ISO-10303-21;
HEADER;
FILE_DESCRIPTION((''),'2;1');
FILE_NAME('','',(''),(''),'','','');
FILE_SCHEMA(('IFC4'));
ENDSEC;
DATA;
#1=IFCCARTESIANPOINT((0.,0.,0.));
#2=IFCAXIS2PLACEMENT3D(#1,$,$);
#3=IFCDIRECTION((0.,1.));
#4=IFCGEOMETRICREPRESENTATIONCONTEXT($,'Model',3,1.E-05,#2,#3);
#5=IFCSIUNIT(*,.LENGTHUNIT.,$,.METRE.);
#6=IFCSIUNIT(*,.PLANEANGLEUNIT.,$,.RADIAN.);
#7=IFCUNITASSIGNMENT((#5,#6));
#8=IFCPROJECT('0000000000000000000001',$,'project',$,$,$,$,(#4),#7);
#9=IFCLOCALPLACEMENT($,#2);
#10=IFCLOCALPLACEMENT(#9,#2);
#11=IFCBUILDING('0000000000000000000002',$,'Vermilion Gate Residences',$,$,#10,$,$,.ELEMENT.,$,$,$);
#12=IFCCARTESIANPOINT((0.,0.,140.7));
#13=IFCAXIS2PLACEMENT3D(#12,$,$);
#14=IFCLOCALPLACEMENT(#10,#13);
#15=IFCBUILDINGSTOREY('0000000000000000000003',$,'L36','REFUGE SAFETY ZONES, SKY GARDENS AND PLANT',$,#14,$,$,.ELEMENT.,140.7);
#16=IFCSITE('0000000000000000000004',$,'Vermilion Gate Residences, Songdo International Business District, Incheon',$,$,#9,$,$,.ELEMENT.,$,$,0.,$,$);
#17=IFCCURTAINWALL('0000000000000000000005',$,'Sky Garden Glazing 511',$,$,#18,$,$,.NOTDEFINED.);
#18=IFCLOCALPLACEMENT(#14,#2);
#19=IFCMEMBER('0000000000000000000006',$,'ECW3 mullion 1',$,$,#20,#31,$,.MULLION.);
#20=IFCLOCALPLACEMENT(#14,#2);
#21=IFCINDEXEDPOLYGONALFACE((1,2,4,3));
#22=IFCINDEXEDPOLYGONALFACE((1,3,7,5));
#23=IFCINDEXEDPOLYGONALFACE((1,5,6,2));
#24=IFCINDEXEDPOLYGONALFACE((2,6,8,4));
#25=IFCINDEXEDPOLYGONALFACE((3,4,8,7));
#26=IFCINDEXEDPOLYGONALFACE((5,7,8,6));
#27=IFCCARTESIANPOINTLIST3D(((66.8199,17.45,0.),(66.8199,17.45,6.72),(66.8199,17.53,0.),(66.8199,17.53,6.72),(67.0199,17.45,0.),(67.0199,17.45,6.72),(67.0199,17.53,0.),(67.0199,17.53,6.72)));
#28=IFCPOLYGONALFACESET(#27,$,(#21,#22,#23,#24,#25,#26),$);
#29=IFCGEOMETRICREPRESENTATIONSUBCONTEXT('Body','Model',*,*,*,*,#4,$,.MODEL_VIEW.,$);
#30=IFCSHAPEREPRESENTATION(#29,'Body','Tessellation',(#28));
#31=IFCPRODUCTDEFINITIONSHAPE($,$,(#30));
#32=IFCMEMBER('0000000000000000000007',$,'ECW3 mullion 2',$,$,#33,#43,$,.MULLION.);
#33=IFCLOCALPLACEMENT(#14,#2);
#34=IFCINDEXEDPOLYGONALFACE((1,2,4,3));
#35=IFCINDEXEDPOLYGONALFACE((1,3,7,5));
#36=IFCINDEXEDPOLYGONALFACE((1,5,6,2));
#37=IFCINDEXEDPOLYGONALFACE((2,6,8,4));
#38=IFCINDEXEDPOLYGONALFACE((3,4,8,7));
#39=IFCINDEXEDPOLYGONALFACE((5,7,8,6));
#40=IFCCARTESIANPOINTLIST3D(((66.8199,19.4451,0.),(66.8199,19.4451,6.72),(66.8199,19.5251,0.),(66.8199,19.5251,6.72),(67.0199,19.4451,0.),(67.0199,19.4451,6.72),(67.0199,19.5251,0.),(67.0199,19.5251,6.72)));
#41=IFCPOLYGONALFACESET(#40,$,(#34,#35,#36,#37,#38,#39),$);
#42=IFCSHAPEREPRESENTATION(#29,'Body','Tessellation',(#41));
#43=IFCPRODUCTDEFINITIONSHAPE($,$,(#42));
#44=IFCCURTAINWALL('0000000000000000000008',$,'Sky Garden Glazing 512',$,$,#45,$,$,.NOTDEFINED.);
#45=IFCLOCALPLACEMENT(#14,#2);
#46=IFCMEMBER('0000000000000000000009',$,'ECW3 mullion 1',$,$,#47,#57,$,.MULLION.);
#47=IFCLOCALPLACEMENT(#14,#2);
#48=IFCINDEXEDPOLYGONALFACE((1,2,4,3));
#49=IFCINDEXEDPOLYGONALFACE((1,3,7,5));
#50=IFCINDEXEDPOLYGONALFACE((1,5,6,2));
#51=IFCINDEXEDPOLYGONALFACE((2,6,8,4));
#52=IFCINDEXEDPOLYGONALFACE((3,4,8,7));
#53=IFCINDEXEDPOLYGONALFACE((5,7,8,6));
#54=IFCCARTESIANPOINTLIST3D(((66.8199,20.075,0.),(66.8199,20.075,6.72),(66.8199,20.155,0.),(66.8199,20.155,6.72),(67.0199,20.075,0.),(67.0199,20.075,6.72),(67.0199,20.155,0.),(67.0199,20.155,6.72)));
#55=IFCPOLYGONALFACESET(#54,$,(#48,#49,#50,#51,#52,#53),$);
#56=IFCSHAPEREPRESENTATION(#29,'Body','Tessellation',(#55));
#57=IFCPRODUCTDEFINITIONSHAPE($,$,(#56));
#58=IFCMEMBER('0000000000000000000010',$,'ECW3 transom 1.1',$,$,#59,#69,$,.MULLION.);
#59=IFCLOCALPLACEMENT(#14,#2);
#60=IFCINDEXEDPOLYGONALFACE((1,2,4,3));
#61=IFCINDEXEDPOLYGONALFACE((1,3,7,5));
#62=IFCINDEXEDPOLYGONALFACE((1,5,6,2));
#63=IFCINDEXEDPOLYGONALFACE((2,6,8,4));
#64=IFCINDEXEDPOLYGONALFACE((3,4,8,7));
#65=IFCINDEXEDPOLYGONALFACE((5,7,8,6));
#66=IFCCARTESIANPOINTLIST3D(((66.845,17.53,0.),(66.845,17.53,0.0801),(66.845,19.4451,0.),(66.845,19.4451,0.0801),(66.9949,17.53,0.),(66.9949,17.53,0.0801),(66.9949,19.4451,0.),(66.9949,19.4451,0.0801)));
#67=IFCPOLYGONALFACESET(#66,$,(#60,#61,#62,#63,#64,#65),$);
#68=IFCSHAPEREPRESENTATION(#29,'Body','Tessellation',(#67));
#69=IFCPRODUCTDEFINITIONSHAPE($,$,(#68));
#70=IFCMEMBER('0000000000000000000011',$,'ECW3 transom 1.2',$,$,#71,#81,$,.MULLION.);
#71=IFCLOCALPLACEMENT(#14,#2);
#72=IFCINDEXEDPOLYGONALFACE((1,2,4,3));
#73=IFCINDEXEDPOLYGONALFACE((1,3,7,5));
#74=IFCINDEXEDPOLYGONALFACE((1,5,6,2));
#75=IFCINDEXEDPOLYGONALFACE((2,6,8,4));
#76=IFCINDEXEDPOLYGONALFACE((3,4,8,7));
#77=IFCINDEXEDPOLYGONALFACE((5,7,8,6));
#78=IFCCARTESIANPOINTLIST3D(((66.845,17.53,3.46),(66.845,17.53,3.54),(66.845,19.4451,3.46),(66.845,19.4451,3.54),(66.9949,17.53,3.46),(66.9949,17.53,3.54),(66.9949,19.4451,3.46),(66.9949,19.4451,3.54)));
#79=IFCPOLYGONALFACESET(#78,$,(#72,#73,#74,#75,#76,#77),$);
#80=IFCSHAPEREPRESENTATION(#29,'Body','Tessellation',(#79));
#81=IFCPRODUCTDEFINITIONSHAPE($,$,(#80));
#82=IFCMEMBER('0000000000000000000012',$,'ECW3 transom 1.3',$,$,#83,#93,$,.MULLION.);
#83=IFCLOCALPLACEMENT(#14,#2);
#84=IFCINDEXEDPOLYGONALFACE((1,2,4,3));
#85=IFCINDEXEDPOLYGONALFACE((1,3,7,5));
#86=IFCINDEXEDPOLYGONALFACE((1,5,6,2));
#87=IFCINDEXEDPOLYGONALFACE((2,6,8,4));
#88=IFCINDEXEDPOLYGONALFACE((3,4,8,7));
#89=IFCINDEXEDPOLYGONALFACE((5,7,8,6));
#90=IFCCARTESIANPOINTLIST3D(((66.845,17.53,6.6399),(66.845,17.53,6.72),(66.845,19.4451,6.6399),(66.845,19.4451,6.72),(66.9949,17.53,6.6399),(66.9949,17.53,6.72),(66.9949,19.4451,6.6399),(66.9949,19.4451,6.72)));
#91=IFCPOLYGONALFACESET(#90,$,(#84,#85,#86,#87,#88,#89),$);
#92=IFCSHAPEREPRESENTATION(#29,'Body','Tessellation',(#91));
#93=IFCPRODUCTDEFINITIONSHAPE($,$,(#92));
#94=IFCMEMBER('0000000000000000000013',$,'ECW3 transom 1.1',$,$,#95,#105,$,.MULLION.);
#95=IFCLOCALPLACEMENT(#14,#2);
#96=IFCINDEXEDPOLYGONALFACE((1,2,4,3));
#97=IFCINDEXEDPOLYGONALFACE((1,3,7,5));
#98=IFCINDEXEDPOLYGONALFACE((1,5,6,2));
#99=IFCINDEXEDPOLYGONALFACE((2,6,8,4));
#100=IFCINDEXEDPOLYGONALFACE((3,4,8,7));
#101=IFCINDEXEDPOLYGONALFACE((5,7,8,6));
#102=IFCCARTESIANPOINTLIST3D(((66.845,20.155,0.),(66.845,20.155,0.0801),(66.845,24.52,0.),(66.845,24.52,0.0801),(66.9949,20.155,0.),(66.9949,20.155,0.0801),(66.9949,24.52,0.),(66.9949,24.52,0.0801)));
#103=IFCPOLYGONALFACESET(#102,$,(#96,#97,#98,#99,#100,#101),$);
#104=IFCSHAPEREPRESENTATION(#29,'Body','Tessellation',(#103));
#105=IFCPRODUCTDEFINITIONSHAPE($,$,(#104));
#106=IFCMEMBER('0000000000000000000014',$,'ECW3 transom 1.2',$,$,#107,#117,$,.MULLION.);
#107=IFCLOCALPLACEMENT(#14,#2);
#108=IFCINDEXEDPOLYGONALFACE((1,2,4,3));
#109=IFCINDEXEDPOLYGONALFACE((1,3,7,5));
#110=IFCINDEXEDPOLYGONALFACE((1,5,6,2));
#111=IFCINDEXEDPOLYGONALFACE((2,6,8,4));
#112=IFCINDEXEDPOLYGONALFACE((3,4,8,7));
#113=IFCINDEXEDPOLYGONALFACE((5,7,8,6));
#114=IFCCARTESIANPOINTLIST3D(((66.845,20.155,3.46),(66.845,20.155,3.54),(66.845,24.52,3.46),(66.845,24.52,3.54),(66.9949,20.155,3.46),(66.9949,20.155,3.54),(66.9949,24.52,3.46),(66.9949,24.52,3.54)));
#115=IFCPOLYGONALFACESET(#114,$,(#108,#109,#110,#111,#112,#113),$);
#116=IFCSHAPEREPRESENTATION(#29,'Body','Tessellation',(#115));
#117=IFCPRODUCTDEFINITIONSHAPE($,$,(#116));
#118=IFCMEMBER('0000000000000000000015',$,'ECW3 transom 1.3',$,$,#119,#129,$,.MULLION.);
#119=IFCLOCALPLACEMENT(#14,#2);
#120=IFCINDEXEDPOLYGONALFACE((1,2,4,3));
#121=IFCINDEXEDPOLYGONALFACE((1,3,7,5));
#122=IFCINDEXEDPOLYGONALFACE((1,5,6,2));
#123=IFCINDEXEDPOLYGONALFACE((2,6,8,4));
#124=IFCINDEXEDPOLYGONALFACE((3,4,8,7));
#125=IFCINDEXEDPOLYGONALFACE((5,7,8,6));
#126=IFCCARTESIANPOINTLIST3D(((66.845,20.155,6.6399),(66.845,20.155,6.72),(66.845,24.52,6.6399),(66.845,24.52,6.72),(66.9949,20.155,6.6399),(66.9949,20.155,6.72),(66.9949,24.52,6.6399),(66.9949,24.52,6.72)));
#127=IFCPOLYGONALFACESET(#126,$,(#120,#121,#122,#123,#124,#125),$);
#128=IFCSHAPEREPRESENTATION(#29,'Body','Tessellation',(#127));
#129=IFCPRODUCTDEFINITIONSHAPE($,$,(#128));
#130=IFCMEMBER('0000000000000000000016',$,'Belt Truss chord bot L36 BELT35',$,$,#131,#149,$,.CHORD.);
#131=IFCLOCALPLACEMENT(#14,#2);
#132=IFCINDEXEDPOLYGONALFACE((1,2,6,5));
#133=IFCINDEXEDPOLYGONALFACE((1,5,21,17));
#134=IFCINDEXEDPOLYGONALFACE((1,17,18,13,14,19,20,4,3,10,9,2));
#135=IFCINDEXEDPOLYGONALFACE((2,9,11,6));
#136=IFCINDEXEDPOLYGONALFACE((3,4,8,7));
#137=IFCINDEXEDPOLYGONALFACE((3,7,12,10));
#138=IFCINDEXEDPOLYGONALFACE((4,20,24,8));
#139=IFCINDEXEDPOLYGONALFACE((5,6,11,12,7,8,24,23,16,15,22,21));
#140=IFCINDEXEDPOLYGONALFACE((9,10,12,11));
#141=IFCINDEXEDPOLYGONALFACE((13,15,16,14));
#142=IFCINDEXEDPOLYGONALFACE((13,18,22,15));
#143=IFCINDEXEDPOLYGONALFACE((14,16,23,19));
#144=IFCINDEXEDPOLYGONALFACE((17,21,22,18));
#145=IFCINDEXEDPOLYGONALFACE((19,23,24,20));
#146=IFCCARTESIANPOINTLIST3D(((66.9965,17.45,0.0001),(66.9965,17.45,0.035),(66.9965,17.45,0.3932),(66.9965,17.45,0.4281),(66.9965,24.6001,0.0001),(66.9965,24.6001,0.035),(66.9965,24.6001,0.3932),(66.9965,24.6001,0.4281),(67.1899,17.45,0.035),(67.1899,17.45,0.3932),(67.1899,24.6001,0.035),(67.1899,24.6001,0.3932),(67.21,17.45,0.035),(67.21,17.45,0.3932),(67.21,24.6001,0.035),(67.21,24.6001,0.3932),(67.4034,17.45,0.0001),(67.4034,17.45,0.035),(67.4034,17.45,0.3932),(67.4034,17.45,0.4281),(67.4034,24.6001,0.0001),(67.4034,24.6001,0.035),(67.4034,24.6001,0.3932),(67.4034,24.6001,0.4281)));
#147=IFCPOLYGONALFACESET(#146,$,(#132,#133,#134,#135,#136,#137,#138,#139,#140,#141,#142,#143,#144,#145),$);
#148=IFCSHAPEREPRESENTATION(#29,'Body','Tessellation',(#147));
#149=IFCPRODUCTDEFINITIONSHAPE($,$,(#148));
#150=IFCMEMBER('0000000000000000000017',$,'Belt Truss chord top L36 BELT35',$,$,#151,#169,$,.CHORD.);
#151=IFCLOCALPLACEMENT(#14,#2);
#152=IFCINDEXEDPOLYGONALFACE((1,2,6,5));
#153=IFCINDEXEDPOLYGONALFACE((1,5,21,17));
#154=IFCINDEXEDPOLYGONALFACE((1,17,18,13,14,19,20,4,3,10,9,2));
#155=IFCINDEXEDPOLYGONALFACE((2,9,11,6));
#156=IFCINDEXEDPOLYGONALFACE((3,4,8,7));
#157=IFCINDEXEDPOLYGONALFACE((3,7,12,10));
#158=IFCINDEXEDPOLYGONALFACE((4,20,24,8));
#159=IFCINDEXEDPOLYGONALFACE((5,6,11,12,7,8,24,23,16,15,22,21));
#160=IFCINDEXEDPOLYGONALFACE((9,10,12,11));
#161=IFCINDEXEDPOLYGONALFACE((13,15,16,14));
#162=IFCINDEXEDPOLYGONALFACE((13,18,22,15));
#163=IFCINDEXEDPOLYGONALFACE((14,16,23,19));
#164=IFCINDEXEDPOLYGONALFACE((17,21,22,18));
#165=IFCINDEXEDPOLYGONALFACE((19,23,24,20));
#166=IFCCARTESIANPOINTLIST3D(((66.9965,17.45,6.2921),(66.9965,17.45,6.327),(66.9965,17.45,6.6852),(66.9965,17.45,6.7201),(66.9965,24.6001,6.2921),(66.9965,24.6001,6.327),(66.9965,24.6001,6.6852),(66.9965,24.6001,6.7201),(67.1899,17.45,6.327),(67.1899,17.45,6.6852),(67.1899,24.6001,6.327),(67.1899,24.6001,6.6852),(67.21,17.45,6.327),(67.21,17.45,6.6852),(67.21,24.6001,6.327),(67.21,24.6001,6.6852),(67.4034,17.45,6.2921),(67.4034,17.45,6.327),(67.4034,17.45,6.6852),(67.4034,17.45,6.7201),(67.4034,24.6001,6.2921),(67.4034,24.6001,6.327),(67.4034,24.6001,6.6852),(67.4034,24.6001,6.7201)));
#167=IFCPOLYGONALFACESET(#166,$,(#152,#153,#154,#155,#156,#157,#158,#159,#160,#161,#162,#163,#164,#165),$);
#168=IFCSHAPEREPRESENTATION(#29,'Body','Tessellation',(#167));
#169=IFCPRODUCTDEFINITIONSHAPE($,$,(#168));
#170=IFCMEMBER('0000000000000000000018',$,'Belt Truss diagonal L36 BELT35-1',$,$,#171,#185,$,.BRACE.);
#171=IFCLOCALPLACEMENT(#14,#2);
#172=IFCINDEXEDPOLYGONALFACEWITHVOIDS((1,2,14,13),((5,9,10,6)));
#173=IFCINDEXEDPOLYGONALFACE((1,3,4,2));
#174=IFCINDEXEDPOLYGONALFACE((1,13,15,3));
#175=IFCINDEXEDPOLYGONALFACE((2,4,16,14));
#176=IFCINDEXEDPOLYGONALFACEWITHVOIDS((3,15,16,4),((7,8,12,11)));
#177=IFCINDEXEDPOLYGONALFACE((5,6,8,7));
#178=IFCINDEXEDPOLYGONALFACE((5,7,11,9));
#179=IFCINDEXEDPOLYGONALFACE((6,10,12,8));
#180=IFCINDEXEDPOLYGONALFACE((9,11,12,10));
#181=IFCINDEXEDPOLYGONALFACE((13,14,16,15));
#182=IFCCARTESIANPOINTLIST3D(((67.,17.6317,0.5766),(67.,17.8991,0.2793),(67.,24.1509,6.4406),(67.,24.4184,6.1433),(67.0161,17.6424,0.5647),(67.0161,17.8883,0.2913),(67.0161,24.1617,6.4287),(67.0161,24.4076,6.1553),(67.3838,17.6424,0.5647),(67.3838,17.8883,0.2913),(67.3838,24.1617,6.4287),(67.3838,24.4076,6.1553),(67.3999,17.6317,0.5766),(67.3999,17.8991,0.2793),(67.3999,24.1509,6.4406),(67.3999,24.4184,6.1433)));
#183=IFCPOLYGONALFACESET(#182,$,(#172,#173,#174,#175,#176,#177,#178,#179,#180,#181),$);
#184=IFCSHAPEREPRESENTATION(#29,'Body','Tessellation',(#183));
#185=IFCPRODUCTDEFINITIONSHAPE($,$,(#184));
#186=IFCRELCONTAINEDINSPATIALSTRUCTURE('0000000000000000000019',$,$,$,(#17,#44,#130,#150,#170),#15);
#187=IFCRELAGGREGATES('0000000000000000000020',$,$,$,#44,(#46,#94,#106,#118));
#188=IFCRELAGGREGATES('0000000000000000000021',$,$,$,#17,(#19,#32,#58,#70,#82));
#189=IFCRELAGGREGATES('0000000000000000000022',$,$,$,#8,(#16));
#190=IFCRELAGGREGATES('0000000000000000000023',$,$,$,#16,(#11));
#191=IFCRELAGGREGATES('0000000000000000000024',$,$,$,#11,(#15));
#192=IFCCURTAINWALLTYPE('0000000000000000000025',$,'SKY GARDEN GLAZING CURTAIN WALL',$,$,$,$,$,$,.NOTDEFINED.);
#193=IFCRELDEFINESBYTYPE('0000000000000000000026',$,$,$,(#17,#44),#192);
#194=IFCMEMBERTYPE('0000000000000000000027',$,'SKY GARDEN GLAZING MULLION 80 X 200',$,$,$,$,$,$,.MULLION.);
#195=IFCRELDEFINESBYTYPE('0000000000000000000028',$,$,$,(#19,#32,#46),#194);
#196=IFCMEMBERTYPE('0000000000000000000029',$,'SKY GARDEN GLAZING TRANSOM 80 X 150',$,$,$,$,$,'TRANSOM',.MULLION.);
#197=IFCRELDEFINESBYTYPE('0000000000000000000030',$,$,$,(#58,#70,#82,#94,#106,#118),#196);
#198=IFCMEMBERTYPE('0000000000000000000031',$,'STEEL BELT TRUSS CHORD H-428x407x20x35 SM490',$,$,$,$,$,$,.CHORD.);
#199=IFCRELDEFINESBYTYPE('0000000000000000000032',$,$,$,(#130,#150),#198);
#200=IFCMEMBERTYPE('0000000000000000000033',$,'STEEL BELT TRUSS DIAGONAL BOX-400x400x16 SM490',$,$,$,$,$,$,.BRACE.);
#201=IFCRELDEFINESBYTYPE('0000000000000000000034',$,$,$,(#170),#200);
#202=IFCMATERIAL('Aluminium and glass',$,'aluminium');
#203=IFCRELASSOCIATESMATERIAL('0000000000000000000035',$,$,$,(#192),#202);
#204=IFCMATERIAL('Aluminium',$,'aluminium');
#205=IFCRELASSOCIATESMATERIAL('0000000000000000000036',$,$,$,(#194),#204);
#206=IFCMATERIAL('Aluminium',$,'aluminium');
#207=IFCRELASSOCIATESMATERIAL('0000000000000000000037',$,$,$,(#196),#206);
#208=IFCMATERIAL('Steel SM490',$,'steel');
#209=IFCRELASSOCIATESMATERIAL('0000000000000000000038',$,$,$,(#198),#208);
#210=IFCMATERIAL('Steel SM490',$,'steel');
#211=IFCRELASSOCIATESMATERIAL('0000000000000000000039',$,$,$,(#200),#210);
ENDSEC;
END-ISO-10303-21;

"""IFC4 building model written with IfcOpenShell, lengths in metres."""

from ifc_helpers import new_model, si_unit, direction, frame, origin, origin_2d, place, context, subcontext, project, spatial, rectangle, hollow_rectangle, i_section, extrude, material, material_profile, profile_set, type_object, element, aggregate, save


model = new_model("IFC4")

# Units and contexts
model_context = context("Model", 3, precision=1e-05, world=origin(), true_north=direction((0.0, 1.0)))
body_context = subcontext(model_context, "Body", "Model", "MODEL_VIEW")
ifc_project = project(units=[si_unit("LENGTHUNIT", "METRE"), si_unit("PLANEANGLEUNIT", "RADIAN")], contexts=[model_context])

# Site, building, storey
site_placement = place(None, origin())
site = spatial("IfcSite", under=ifc_project, at=site_placement, Name="Vermilion Gate Residences, Songdo International Business District, Incheon", CompositionType="ELEMENT", RefElevation=0.0)
building_placement = place(site_placement, origin())
building = spatial("IfcBuilding", under=site, at=building_placement, Name="Vermilion Gate Residences", CompositionType="ELEMENT")
storey_placement = place(building_placement, frame((0.0, 0.0, 140.7)))
storey = spatial("IfcBuildingStorey", under=building, at=storey_placement, Name="L36", Description="REFUGE SAFETY ZONES, SKY GARDENS AND PLANT", CompositionType="ELEMENT", Elevation=140.7)

# Curtain wall, members
ifc_material_1 = material(Name="Aluminium and glass", Category="aluminium")
curtain_wall_type = type_object("IfcCurtainWallType", Name="SKY GARDEN GLAZING CURTAIN WALL", PredefinedType="NOTDEFINED", material=ifc_material_1)
curtain_wall_1_placement = place(storey_placement, origin())
curtain_wall_1 = element("IfcCurtainWall", 1, at=curtain_wall_1_placement, inside=storey, type_object=curtain_wall_type, Name="Sky Garden Glazing 511", PredefinedType="NOTDEFINED")
ifc_material_2 = material(Name="Aluminium", Category="aluminium")
ifc_material_profile_1 = material_profile(ifc_material_2, rectangle(XDim=0.2, YDim=0.0801, at=origin_2d()), Name="MULLION 80 X 200")
ifc_profile_set_1 = profile_set([ifc_material_profile_1], Name="Aluminium")
member_type_1 = type_object("IfcMemberType", Name="SKY GARDEN GLAZING MULLION 80 X 200", PredefinedType="MULLION", material=ifc_profile_set_1)
member_1_placement = place(storey_placement, frame((66.9199, 17.49, 0.0), z_axis=(0.0, 0.0, 1.0), x_axis=(-1.0, 0.0, 0.0)))
member_1 = element("IfcMember", 2, at=member_1_placement, type_object=member_type_1, Name="ECW3 mullion 1", PredefinedType="MULLION", context=body_context, shape_type="SweptSolid", body=[
    extrude(rectangle(XDim=0.2, YDim=0.0801, at=origin_2d()), origin(), (0.0, 0.0, 1.0), 6.72),
])
member_2_placement = place(storey_placement, frame((66.9199, 19.4851, 0.0), z_axis=(0.0, 0.0, 1.0), x_axis=(-1.0, 0.0, 0.0)))
member_2 = element("IfcMember", 3, at=member_2_placement, type_object=member_type_1, Name="ECW3 mullion 2", PredefinedType="MULLION", context=body_context, shape_type="SweptSolid", body=[
    extrude(rectangle(XDim=0.2, YDim=0.0801, at=origin_2d()), origin(), (0.0, 0.0, 1.0), 6.72),
])

# Curtain wall, member
curtain_wall_2_placement = place(storey_placement, origin())
curtain_wall_2 = element("IfcCurtainWall", 4, at=curtain_wall_2_placement, inside=storey, type_object=curtain_wall_type, Name="Sky Garden Glazing 512", PredefinedType="NOTDEFINED")
member_3_placement = place(storey_placement, frame((66.9199, 20.115, 0.0), z_axis=(0.0, 0.0, 1.0), x_axis=(-1.0, 0.0, 0.0)))
member_3 = element("IfcMember", 5, at=member_3_placement, type_object=member_type_1, Name="ECW3 mullion 1", PredefinedType="MULLION", context=body_context, shape_type="SweptSolid", body=[
    extrude(rectangle(XDim=0.2, YDim=0.0801, at=origin_2d()), origin(), (0.0, 0.0, 1.0), 6.72),
])

# Members
ifc_material_3 = material(Name="Aluminium", Category="aluminium")
ifc_material_profile_2 = material_profile(ifc_material_3, rectangle(XDim=0.1499, YDim=0.0801, at=origin_2d()), Name="TRANSOM 80 X 150")
ifc_profile_set_2 = profile_set([ifc_material_profile_2], Name="Aluminium")
member_type_2 = type_object("IfcMemberType", Name="SKY GARDEN GLAZING TRANSOM 80 X 150", ElementType="TRANSOM", PredefinedType="MULLION", material=ifc_profile_set_2)
member_4_placement = place(storey_placement, frame((66.9199, 17.53, 0.04), z_axis=(0.0, 1.0, 0.0), x_axis=(-1.0, 0.0, 0.0)))
member_4 = element("IfcMember", 6, at=member_4_placement, type_object=member_type_2, Name="ECW3 transom 1.1", PredefinedType="MULLION", context=body_context, shape_type="SweptSolid", body=[
    extrude(rectangle(XDim=0.1499, YDim=0.0801, at=origin_2d()), origin(), (0.0, 0.0, 1.0), 1.915),
])
member_5_placement = place(storey_placement, frame((66.9199, 17.53, 3.5), z_axis=(0.0, 1.0, 0.0), x_axis=(-1.0, 0.0, 0.0)))
member_5 = element("IfcMember", 7, at=member_5_placement, type_object=member_type_2, Name="ECW3 transom 1.2", PredefinedType="MULLION", context=body_context, shape_type="SweptSolid", body=[
    extrude(rectangle(XDim=0.1499, YDim=0.0801, at=origin_2d()), origin(), (0.0, 0.0, 1.0), 1.915),
])
member_6_placement = place(storey_placement, frame((66.9199, 17.53, 6.6799), z_axis=(0.0, 1.0, 0.0), x_axis=(-1.0, 0.0, 0.0)))
member_6 = element("IfcMember", 8, at=member_6_placement, type_object=member_type_2, Name="ECW3 transom 1.3", PredefinedType="MULLION", context=body_context, shape_type="SweptSolid", body=[
    extrude(rectangle(XDim=0.1499, YDim=0.0801, at=origin_2d()), origin(), (0.0, 0.0, 1.0), 1.915),
])
member_7_placement = place(storey_placement, frame((66.9199, 20.155, 0.04), z_axis=(0.0, 1.0, 0.0), x_axis=(-1.0, 0.0, 0.0)))
member_7 = element("IfcMember", 9, at=member_7_placement, type_object=member_type_2, Name="ECW3 transom 1.1", PredefinedType="MULLION", context=body_context, shape_type="SweptSolid", body=[
    extrude(rectangle(XDim=0.1499, YDim=0.0801, at=origin_2d()), origin(), (0.0, 0.0, 1.0), 4.365),
])
member_8_placement = place(storey_placement, frame((66.9199, 20.155, 3.5), z_axis=(0.0, 1.0, 0.0), x_axis=(-1.0, 0.0, 0.0)))
member_8 = element("IfcMember", 10, at=member_8_placement, type_object=member_type_2, Name="ECW3 transom 1.2", PredefinedType="MULLION", context=body_context, shape_type="SweptSolid", body=[
    extrude(rectangle(XDim=0.1499, YDim=0.0801, at=origin_2d()), origin(), (0.0, 0.0, 1.0), 4.365),
])
member_9_placement = place(storey_placement, frame((66.9199, 20.155, 6.6799), z_axis=(0.0, 1.0, 0.0), x_axis=(-1.0, 0.0, 0.0)))
member_9 = element("IfcMember", 11, at=member_9_placement, type_object=member_type_2, Name="ECW3 transom 1.3", PredefinedType="MULLION", context=body_context, shape_type="SweptSolid", body=[
    extrude(rectangle(XDim=0.1499, YDim=0.0801, at=origin_2d()), origin(), (0.0, 0.0, 1.0), 4.365),
])
aggregate(curtain_wall_2, [member_3, member_7, member_8, member_9])

# Members
ifc_material_4 = material(Name="Steel SM490", Category="steel")
ifc_material_profile_3 = material_profile(ifc_material_4, i_section(OverallWidth=0.407, OverallDepth=0.428, WebThickness=0.02, FlangeThickness=0.0349, at=origin_2d()), Name="H-428x407x20x35")
ifc_profile_set_3 = profile_set([ifc_material_profile_3], Name="Steel SM490")
member_type_3 = type_object("IfcMemberType", Name="STEEL BELT TRUSS CHORD H-428x407x20x35 SM490", PredefinedType="CHORD", material=ifc_profile_set_3)
for number, where, z_axis, x_axis, name in (
    (12, (67.2, 17.45, 0.2141), (0.0, 1.0, 0.0), (-1.0, 0.0, 0.0), "Belt Truss chord bot L36 BELT35"),
    (13, (67.2, 17.45, 6.5061), (0.0, 1.0, 0.0), (-1.0, 0.0, 0.0), "Belt Truss chord top L36 BELT35"),
):
    element("IfcMember", number, at=place(storey_placement, frame(where, z_axis=z_axis, x_axis=x_axis)), inside=storey, type_object=member_type_3, Name=name, PredefinedType="CHORD", context=body_context, shape_type="SweptSolid", body=[
        extrude(i_section(OverallWidth=0.407, OverallDepth=0.428, WebThickness=0.02, FlangeThickness=0.0349, at=origin_2d()), origin(), (0.0, 0.0, 1.0), 7.1501),
    ])
ifc_material_5 = material(Name="Steel SM490", Category="steel")
ifc_material_profile_4 = material_profile(ifc_material_5, hollow_rectangle(XDim=0.3999, YDim=0.3999, WallThickness=0.0161, at=origin_2d()), Name="BOX-400x400x16")
ifc_profile_set_4 = profile_set([ifc_material_profile_4], Name="Steel SM490")
member_type_4 = type_object("IfcMemberType", Name="STEEL BELT TRUSS DIAGONAL BOX-400x400x16 SM490", PredefinedType="BRACE", material=ifc_profile_set_4)
member_10_placement = place(storey_placement, frame((67.2, 17.7654, 0.428), z_axis=(0.0, 0.743484, 0.668754), x_axis=(-1.0, 0.0, 0.0)))
element("IfcMember", 14, at=member_10_placement, inside=storey, type_object=member_type_4, Name="Belt Truss diagonal L36 BELT35-1", PredefinedType="BRACE", context=body_context, shape_type="SweptSolid", body=[
    extrude(hollow_rectangle(XDim=0.3999, YDim=0.3999, WallThickness=0.0161, at=origin_2d()), origin(), (0.0, 0.0, 1.0), 8.7686),
])

aggregate(curtain_wall_1, [member_1, member_2, member_4, member_5, member_6])

save(model, "model.ifc")
